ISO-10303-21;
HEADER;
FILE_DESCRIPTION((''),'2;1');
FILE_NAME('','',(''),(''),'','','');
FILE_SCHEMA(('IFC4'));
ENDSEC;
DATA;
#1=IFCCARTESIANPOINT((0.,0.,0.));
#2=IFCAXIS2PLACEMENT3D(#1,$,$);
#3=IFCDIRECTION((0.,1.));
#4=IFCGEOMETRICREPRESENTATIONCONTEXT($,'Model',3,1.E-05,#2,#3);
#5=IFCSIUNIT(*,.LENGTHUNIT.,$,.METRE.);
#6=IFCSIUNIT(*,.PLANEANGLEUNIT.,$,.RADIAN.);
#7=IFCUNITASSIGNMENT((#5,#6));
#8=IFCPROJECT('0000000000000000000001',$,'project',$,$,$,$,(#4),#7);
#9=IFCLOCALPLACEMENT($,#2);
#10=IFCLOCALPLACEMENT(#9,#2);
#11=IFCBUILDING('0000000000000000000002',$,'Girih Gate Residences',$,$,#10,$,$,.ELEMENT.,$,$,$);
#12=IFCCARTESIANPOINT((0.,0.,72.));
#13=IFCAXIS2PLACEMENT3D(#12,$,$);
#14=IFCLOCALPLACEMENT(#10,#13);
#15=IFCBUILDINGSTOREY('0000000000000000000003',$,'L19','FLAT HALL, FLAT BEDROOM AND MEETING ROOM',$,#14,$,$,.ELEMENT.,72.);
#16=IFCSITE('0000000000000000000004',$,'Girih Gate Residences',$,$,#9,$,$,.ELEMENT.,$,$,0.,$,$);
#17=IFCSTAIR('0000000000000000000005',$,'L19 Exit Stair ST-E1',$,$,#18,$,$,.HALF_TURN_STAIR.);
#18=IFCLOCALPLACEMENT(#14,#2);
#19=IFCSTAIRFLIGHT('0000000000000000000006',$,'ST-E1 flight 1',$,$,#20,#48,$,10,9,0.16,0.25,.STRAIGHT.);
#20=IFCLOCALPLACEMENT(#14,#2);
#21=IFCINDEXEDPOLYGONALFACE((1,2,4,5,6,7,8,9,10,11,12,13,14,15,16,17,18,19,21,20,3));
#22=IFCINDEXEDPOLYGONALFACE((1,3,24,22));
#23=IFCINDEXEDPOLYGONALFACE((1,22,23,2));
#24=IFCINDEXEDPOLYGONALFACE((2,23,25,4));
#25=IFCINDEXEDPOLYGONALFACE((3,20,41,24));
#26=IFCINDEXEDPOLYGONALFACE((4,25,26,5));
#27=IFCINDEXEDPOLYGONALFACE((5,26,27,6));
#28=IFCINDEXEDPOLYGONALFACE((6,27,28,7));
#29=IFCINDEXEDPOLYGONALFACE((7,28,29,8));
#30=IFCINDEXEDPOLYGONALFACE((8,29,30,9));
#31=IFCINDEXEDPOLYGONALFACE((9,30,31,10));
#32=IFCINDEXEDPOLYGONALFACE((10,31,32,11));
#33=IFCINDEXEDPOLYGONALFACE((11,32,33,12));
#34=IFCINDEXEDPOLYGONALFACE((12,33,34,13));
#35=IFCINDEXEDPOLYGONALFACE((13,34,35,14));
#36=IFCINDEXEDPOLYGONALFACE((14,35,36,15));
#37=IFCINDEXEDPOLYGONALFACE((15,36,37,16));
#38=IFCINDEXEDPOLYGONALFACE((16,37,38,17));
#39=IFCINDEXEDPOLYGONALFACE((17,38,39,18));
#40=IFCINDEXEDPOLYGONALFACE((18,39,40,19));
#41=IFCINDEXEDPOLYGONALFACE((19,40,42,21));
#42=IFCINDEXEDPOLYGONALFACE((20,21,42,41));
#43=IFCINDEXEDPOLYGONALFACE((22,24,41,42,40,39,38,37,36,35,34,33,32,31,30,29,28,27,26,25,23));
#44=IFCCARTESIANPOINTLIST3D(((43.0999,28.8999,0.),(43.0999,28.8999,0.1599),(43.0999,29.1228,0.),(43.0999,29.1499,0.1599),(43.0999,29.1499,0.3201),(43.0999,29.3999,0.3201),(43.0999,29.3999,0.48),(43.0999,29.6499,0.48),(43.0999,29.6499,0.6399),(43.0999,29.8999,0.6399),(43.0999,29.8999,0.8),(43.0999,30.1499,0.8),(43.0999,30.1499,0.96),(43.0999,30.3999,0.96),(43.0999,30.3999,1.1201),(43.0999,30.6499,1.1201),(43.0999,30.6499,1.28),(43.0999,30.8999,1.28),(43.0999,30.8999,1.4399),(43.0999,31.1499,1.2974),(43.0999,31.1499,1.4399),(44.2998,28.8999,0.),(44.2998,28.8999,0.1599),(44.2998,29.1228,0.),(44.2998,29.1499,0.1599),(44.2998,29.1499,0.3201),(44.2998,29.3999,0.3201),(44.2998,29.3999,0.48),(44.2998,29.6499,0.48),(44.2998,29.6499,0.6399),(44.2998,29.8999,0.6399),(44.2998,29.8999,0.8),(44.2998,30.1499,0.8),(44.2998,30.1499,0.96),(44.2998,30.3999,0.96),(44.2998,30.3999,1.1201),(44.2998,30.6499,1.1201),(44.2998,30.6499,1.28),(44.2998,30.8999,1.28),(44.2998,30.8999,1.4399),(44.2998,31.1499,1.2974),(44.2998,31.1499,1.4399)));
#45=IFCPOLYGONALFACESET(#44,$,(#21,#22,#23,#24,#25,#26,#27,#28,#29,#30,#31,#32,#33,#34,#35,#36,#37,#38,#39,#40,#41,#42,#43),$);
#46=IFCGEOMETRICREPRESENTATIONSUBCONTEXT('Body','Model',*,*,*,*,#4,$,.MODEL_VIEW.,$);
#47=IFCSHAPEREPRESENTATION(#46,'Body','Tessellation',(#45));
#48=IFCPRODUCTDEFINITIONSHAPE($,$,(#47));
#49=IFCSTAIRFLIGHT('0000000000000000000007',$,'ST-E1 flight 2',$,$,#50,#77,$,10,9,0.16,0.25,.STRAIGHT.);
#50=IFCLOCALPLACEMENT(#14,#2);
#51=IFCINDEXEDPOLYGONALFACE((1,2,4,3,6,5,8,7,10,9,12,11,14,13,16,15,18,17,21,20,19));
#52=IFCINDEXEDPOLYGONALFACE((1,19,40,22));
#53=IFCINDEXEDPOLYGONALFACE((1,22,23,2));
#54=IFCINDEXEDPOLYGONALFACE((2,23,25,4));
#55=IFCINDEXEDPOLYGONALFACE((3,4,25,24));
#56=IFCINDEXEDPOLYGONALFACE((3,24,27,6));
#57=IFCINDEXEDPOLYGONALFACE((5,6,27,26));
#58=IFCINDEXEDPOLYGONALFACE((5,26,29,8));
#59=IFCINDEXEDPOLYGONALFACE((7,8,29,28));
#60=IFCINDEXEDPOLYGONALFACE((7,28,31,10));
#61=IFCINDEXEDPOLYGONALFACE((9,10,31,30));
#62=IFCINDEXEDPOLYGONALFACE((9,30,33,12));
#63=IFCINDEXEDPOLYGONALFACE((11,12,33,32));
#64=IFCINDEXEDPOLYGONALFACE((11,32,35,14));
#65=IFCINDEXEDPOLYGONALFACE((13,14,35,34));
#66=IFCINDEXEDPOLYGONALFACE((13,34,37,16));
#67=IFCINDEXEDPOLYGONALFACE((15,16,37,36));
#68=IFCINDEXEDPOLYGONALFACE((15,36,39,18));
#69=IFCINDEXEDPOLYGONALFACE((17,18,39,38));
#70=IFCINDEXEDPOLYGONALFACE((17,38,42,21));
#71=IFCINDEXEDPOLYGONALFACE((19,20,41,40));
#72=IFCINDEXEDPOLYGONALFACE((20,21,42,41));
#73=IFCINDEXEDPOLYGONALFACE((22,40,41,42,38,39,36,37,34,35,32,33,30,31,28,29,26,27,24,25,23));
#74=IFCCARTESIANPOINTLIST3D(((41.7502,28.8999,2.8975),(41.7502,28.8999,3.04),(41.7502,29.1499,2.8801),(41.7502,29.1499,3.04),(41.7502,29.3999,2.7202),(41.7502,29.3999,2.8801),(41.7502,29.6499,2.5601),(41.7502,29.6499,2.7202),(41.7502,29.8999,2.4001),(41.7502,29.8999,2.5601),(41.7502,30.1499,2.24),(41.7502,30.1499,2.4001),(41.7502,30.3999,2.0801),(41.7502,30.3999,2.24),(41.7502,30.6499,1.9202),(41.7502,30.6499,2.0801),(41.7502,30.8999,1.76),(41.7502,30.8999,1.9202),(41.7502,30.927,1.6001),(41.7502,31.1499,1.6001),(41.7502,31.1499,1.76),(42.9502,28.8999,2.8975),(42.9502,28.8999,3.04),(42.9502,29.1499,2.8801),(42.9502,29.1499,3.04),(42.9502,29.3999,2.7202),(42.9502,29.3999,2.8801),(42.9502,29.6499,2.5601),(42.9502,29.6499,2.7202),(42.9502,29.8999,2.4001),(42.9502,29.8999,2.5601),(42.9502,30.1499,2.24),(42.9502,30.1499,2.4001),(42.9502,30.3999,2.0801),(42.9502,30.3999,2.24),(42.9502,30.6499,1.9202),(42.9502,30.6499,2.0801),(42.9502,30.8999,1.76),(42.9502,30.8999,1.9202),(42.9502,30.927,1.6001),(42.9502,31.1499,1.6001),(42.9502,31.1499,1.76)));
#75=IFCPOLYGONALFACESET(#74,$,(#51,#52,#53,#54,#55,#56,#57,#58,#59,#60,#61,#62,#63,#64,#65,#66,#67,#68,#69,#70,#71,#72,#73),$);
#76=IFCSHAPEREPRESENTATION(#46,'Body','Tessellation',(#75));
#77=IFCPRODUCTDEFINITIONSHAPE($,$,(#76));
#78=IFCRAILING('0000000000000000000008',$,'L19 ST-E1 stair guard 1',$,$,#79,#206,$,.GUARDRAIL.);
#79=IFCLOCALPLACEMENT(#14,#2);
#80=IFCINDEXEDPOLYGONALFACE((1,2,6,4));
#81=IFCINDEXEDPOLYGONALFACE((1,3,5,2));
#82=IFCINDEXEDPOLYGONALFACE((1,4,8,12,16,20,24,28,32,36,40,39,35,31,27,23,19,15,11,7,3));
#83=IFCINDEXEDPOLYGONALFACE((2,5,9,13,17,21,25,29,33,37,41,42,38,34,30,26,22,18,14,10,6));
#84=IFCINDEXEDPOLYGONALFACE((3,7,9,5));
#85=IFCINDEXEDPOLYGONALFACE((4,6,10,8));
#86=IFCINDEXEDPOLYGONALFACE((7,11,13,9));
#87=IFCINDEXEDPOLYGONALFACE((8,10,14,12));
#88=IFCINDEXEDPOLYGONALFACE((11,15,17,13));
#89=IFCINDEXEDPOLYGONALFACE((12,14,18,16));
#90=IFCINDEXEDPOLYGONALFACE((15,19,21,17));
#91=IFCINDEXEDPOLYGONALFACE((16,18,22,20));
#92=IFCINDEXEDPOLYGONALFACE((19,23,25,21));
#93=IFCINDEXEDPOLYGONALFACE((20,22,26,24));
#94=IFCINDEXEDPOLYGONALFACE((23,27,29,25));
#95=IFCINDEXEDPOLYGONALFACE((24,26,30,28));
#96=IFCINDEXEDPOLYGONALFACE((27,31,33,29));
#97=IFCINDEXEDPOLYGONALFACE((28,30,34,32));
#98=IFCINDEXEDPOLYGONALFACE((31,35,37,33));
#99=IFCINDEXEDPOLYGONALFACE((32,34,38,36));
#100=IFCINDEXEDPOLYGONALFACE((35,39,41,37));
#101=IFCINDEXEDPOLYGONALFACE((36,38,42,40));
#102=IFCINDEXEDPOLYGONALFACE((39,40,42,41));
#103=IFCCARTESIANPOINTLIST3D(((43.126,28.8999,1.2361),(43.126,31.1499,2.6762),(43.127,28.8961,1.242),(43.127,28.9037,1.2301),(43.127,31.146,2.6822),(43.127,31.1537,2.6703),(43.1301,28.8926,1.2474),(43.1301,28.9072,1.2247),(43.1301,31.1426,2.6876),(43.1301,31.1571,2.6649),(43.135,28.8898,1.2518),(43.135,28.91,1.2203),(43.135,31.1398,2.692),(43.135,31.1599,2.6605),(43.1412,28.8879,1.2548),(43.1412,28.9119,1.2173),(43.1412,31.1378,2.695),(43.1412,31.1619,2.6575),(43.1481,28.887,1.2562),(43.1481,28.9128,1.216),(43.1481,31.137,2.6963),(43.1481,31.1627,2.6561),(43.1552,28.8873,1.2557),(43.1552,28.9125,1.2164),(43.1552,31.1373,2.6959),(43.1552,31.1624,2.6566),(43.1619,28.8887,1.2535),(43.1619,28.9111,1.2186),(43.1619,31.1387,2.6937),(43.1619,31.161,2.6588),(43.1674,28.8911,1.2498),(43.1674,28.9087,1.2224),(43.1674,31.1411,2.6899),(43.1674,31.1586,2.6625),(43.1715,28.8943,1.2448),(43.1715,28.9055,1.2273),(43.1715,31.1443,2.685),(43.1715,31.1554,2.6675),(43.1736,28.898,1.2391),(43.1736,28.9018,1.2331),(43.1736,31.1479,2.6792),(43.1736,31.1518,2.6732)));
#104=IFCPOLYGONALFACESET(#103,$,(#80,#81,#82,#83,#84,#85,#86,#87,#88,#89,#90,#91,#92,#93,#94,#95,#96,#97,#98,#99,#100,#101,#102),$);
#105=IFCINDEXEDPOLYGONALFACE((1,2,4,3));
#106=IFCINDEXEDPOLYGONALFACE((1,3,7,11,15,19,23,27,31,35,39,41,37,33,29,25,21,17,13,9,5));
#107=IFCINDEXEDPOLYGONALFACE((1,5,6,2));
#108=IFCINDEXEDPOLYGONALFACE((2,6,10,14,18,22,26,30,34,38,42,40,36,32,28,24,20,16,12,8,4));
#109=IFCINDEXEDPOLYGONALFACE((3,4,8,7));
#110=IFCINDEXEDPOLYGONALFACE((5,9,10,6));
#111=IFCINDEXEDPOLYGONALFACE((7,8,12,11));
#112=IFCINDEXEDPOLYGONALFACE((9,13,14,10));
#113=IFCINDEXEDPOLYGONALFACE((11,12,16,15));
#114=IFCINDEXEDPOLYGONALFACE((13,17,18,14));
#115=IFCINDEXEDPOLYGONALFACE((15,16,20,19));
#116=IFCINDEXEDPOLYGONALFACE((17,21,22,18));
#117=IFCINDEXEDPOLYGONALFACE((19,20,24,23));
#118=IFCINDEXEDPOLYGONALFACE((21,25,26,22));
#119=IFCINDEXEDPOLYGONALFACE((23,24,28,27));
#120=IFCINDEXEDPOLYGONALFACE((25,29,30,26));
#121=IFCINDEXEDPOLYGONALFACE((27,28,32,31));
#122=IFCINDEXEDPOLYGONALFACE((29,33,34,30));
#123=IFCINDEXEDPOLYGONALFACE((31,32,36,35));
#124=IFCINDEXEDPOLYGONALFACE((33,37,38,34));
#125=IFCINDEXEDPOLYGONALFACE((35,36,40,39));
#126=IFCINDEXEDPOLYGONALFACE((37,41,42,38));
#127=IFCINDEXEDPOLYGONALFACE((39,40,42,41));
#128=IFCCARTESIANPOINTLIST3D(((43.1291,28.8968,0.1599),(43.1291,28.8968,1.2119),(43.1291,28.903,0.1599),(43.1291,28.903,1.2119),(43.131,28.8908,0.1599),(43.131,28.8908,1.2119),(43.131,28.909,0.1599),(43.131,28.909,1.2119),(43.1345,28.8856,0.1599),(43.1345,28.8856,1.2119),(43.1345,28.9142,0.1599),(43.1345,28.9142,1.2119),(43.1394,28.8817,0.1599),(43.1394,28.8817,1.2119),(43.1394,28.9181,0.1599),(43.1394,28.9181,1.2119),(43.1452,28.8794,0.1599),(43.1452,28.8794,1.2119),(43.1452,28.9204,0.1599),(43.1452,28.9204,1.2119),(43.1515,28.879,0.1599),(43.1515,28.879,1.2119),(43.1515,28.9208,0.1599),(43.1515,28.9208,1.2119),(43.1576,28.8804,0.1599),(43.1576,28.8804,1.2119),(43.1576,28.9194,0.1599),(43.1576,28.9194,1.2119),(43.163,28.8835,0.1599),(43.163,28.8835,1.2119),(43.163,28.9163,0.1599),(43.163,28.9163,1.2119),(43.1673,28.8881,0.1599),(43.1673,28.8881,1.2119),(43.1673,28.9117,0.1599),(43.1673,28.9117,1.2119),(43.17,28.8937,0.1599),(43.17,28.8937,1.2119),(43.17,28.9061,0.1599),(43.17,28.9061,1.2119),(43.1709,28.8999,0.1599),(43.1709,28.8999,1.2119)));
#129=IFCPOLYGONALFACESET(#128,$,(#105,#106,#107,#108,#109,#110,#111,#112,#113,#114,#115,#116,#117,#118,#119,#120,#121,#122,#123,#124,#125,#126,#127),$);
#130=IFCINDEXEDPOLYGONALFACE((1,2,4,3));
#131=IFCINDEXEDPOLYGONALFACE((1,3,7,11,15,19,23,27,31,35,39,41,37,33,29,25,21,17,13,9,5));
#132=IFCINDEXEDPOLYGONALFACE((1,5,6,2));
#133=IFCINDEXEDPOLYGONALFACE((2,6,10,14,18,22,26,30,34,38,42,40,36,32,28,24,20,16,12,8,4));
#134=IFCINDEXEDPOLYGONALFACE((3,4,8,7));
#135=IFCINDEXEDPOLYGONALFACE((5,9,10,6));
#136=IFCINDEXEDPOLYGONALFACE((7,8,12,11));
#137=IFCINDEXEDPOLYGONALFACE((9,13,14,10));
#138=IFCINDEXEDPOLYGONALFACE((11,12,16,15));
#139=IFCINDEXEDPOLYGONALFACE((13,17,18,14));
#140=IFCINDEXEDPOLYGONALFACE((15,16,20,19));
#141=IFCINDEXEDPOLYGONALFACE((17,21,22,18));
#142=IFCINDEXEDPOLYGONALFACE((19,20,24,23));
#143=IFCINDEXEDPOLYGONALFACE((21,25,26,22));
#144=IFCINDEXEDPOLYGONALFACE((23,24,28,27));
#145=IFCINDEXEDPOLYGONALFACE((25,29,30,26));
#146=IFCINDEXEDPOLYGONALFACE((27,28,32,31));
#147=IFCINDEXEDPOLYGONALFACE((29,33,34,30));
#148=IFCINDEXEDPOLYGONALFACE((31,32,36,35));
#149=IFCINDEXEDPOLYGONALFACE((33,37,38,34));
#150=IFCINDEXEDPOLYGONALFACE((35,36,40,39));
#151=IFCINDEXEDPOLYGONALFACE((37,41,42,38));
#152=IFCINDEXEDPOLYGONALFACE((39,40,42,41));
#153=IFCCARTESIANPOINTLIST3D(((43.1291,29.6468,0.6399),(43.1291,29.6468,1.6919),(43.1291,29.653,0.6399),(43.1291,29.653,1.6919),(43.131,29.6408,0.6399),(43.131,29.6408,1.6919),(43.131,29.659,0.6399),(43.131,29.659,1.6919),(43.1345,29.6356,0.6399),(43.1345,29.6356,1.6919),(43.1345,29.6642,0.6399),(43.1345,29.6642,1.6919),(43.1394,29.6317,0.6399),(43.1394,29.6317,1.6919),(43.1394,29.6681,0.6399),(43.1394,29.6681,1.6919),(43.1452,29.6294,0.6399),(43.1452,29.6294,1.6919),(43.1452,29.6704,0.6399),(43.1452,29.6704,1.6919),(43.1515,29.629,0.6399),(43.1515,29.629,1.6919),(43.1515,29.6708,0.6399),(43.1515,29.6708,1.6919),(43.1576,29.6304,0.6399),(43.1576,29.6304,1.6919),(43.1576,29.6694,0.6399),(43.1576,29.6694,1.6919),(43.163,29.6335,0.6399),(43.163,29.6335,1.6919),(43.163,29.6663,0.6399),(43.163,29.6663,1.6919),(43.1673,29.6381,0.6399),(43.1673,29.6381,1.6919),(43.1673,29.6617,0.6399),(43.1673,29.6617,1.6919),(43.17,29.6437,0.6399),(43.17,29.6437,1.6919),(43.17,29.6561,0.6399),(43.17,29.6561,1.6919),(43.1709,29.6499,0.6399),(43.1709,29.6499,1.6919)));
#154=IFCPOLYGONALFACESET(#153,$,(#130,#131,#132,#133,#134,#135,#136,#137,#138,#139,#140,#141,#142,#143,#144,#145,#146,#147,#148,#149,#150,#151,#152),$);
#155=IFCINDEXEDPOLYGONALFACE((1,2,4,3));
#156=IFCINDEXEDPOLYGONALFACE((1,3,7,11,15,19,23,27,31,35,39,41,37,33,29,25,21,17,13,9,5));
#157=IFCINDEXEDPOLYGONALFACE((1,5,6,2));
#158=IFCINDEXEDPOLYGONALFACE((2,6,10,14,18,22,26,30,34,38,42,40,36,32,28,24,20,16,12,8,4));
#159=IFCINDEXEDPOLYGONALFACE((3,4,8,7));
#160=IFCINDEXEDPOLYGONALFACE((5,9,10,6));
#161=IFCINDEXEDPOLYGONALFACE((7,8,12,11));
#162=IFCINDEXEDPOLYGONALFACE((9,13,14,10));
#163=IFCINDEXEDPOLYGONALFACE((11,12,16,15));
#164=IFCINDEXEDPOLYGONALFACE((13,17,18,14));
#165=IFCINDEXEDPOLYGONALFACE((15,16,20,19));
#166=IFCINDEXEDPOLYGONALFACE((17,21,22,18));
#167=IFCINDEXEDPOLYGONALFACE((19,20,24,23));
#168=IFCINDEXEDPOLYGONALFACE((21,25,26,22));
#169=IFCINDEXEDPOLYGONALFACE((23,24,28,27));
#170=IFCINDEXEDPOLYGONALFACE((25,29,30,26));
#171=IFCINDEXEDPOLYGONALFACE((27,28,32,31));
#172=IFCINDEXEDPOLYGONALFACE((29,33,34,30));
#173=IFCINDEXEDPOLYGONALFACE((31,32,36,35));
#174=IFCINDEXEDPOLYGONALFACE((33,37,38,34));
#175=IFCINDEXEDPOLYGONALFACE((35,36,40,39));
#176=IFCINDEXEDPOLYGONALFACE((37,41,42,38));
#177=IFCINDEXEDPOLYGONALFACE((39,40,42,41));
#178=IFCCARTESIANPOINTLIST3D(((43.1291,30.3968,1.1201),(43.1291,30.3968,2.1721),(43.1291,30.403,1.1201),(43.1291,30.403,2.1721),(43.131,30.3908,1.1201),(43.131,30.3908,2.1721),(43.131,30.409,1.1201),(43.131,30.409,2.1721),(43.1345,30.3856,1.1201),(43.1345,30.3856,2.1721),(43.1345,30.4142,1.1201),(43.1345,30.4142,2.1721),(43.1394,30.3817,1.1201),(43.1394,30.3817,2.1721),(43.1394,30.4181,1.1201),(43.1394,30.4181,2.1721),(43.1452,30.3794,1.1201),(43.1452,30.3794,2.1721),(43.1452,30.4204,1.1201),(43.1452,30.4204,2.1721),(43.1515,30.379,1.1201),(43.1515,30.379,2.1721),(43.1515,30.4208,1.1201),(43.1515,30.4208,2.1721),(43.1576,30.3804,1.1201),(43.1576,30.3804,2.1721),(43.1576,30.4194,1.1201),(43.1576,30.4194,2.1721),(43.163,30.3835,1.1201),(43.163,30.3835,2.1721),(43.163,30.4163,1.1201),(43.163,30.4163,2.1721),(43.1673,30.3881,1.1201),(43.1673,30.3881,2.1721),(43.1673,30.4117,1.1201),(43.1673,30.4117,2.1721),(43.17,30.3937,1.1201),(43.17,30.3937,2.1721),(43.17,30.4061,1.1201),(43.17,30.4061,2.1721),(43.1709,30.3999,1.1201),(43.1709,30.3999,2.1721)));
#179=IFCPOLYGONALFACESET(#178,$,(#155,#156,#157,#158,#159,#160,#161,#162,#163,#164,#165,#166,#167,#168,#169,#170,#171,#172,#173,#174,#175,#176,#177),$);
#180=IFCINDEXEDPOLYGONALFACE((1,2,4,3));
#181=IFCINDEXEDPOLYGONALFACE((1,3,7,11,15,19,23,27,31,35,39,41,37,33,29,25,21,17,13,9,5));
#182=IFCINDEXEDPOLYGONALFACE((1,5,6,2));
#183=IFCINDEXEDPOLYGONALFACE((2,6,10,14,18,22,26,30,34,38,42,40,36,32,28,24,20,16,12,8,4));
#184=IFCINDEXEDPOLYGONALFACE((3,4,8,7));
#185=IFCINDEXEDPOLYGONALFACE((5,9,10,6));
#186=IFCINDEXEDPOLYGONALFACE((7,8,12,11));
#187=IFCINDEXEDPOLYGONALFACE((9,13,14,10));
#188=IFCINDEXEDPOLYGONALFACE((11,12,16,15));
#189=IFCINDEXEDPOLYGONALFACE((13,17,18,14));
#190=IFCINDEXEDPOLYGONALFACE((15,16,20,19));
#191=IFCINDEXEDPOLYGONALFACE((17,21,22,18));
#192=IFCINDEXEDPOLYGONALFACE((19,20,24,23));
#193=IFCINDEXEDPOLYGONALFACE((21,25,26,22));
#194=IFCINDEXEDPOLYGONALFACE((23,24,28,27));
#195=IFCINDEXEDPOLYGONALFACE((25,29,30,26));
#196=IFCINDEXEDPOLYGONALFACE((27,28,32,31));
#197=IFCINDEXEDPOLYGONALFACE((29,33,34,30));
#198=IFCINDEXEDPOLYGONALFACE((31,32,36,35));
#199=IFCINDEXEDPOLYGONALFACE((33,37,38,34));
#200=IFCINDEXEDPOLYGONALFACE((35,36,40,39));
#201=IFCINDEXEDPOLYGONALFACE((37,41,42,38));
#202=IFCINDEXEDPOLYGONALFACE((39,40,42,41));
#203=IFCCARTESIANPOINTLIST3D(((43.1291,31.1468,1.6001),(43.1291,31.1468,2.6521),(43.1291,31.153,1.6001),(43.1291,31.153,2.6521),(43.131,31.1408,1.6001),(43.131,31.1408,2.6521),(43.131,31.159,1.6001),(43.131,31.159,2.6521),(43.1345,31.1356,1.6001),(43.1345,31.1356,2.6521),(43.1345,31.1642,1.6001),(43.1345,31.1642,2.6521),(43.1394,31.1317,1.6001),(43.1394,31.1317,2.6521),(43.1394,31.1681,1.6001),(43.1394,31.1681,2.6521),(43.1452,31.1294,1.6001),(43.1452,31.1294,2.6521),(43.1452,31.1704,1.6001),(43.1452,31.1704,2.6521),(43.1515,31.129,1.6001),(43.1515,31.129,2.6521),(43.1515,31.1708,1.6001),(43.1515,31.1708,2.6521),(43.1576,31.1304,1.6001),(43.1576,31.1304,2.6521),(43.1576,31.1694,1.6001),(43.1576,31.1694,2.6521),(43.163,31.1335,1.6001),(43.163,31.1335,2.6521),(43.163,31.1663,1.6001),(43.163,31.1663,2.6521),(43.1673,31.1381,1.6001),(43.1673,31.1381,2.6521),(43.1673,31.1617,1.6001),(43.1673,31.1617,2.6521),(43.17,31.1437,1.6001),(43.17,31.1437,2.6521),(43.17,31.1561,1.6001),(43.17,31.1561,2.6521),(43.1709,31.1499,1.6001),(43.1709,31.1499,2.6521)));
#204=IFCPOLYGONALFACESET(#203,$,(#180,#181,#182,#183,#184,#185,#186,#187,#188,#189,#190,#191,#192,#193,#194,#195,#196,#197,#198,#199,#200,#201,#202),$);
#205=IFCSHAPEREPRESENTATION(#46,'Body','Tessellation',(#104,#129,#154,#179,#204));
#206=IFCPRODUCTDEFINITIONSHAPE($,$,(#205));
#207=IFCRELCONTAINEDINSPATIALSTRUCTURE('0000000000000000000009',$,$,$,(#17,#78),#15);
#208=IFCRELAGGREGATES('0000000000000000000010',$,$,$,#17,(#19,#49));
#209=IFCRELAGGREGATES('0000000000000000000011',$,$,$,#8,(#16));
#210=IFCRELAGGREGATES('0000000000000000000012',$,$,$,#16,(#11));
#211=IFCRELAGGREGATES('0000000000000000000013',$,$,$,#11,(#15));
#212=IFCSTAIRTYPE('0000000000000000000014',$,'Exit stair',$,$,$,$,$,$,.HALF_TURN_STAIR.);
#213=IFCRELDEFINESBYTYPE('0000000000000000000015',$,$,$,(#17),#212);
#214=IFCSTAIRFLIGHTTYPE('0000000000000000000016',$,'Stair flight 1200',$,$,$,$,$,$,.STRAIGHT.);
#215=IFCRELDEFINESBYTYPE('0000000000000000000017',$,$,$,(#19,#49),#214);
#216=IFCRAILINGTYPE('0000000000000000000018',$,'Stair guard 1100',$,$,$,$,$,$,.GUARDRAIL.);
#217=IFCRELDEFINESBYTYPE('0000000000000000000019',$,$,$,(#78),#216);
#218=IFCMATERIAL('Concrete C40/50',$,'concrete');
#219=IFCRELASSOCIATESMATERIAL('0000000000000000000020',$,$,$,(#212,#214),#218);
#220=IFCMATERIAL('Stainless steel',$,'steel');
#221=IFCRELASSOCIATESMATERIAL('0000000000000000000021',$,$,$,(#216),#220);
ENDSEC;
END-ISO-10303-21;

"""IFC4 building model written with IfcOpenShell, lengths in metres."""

from ifc_helpers import new_model, si_unit, direction, frame, origin, origin_2d, place, context, subcontext, project, spatial, polyline, circle, outline, extrude, material, type_object, element, aggregate, save


model = new_model("IFC4")

# Units and contexts
model_context = context("Model", 3, precision=1e-05, world=origin(), true_north=direction((0.0, 1.0)))
body_context = subcontext(model_context, "Body", "Model", "MODEL_VIEW")
ifc_project = project(units=[si_unit("LENGTHUNIT", "METRE"), si_unit("PLANEANGLEUNIT", "RADIAN")], contexts=[model_context])

# Site, building, storey
site_placement = place(None, origin())
site = spatial("IfcSite", under=ifc_project, at=site_placement, Name="Girih Gate Residences", CompositionType="ELEMENT", RefElevation=0.0)
building_placement = place(site_placement, origin())
building = spatial("IfcBuilding", under=site, at=building_placement, Name="Girih Gate Residences", CompositionType="ELEMENT")
storey_placement = place(building_placement, frame((0.0, 0.0, 72.0)))
storey = spatial("IfcBuildingStorey", under=building, at=storey_placement, Name="L19", Description="FLAT HALL, FLAT BEDROOM AND MEETING ROOM", CompositionType="ELEMENT", Elevation=72.0)

# Shared definitions
ifc_material_1 = material(Name="Concrete C40/50", Category="concrete")

# Stair, stair flights
stair_type = type_object("IfcStairType", Name="Exit stair", PredefinedType="HALF_TURN_STAIR", material=ifc_material_1)
stair_placement = place(storey_placement, origin())
stair = element("IfcStair", 1, at=stair_placement, inside=storey, type_object=stair_type, Name="L19 Exit Stair ST-E1", PredefinedType="HALF_TURN_STAIR")
stair_flight_type = type_object("IfcStairFlightType", Name="Stair flight 1200", PredefinedType="STRAIGHT", material=ifc_material_1)
stair_flight_1_placement = place(storey_placement, frame((43.7, 28.8999, 0.0), z_axis=(0.0, 0.0, 1.0), x_axis=(0.0, 1.0, 0.0)))
stair_flight_1 = element("IfcStairFlight", 2, at=stair_flight_1_placement, type_object=stair_flight_type, Name="ST-E1 flight 1", NumberOfRisers=10, NumberOfTreads=9, PredefinedType="STRAIGHT", RiserHeight=0.16, TreadLength=0.25, context=body_context, shape_type="SweptSolid", body=[
    extrude(outline(polyline([(0.0, 0.0), (0.0, 0.1599), (0.25, 0.1599), (0.25, 0.3201), (0.5, 0.3201), (0.5, 0.48), (0.75, 0.48), (0.75, 0.6399), (1.0, 0.6399), (1.0, 0.8), (1.25, 0.8), (1.25, 0.96), (1.5, 0.96), (1.5, 1.1201), (1.75, 1.1201), (1.75, 1.28), (2.0, 1.28), (2.0, 1.4399), (2.25, 1.4399), (2.25, 1.6001), (2.25, 1.2974), (0.2229, 0.0), (0.0, 0.0)])), frame((0.0, 0.6001, 0.0), z_axis=(0.0, -1.0, 0.0), x_axis=(1.0, 0.0, 0.0)), (0.0, 0.0, 1.0), 1.2),
])
stair_flight_2_placement = place(storey_placement, frame((42.3501, 31.1499, 1.6001), z_axis=(0.0, 0.0, 1.0), x_axis=(0.0, -1.0, 0.0)))
stair_flight_2 = element("IfcStairFlight", 3, at=stair_flight_2_placement, type_object=stair_flight_type, Name="ST-E1 flight 2", NumberOfRisers=10, NumberOfTreads=9, PredefinedType="STRAIGHT", RiserHeight=0.16, TreadLength=0.25, context=body_context, shape_type="SweptSolid", body=[
    extrude(outline(polyline([(0.0, 0.0), (0.0, 0.1599), (0.25, 0.1599), (0.25, 0.3201), (0.5, 0.3201), (0.5, 0.48), (0.75, 0.48), (0.75, 0.6399), (1.0, 0.6399), (1.0, 0.8), (1.25, 0.8), (1.25, 0.96), (1.5, 0.96), (1.5, 1.1201), (1.75, 1.1201), (1.75, 1.28), (2.0, 1.28), (2.0, 1.4399), (2.25, 1.4399), (2.25, 1.6001), (2.25, 1.2974), (0.2229, 0.0), (0.0, 0.0)])), frame((0.0, 0.6001, 0.0), z_axis=(0.0, -1.0, 0.0), x_axis=(1.0, 0.0, 0.0)), (0.0, 0.0, 1.0), 1.2),
])
aggregate(stair, [stair_flight_1, stair_flight_2])

# Railing
ifc_material_2 = material(Name="Stainless steel", Category="steel")
railing_type_1 = type_object("IfcRailingType", Name="Stair guard 1100", PredefinedType="GUARDRAIL", material=ifc_material_2)
railing_1_placement = place(storey_placement, frame((43.1499, 28.8999, 0.1599)))
element("IfcRailing", 4, at=railing_1_placement, inside=storey, type_object=railing_type_1, Name="L19 ST-E1 stair guard 1", PredefinedType="GUARDRAIL", context=body_context, shape_type="SweptSolid", body=[
    extrude(circle(Radius=0.0239, at=origin_2d()), frame((0.0, 0.0, 1.0762), z_axis=(0.0, 0.84224, 0.539103), x_axis=(-1.0, 0.0, 0.0)), (0.0, 0.0, 1.0), 2.6714),
    extrude(circle(Radius=0.021, at=origin_2d()), origin(), (0.0, 0.0, 1.0), 1.052),
    extrude(circle(Radius=0.021, at=origin_2d()), frame((0.0, 0.75, 0.48)), (0.0, 0.0, 1.0), 1.052),
    extrude(circle(Radius=0.021, at=origin_2d()), frame((0.0, 1.5, 0.9602)), (0.0, 0.0, 1.0), 1.052),
    extrude(circle(Radius=0.021, at=origin_2d()), frame((0.0, 2.25, 1.4402)), (0.0, 0.0, 1.0), 1.052),
])

save(model, "model.ifc")
